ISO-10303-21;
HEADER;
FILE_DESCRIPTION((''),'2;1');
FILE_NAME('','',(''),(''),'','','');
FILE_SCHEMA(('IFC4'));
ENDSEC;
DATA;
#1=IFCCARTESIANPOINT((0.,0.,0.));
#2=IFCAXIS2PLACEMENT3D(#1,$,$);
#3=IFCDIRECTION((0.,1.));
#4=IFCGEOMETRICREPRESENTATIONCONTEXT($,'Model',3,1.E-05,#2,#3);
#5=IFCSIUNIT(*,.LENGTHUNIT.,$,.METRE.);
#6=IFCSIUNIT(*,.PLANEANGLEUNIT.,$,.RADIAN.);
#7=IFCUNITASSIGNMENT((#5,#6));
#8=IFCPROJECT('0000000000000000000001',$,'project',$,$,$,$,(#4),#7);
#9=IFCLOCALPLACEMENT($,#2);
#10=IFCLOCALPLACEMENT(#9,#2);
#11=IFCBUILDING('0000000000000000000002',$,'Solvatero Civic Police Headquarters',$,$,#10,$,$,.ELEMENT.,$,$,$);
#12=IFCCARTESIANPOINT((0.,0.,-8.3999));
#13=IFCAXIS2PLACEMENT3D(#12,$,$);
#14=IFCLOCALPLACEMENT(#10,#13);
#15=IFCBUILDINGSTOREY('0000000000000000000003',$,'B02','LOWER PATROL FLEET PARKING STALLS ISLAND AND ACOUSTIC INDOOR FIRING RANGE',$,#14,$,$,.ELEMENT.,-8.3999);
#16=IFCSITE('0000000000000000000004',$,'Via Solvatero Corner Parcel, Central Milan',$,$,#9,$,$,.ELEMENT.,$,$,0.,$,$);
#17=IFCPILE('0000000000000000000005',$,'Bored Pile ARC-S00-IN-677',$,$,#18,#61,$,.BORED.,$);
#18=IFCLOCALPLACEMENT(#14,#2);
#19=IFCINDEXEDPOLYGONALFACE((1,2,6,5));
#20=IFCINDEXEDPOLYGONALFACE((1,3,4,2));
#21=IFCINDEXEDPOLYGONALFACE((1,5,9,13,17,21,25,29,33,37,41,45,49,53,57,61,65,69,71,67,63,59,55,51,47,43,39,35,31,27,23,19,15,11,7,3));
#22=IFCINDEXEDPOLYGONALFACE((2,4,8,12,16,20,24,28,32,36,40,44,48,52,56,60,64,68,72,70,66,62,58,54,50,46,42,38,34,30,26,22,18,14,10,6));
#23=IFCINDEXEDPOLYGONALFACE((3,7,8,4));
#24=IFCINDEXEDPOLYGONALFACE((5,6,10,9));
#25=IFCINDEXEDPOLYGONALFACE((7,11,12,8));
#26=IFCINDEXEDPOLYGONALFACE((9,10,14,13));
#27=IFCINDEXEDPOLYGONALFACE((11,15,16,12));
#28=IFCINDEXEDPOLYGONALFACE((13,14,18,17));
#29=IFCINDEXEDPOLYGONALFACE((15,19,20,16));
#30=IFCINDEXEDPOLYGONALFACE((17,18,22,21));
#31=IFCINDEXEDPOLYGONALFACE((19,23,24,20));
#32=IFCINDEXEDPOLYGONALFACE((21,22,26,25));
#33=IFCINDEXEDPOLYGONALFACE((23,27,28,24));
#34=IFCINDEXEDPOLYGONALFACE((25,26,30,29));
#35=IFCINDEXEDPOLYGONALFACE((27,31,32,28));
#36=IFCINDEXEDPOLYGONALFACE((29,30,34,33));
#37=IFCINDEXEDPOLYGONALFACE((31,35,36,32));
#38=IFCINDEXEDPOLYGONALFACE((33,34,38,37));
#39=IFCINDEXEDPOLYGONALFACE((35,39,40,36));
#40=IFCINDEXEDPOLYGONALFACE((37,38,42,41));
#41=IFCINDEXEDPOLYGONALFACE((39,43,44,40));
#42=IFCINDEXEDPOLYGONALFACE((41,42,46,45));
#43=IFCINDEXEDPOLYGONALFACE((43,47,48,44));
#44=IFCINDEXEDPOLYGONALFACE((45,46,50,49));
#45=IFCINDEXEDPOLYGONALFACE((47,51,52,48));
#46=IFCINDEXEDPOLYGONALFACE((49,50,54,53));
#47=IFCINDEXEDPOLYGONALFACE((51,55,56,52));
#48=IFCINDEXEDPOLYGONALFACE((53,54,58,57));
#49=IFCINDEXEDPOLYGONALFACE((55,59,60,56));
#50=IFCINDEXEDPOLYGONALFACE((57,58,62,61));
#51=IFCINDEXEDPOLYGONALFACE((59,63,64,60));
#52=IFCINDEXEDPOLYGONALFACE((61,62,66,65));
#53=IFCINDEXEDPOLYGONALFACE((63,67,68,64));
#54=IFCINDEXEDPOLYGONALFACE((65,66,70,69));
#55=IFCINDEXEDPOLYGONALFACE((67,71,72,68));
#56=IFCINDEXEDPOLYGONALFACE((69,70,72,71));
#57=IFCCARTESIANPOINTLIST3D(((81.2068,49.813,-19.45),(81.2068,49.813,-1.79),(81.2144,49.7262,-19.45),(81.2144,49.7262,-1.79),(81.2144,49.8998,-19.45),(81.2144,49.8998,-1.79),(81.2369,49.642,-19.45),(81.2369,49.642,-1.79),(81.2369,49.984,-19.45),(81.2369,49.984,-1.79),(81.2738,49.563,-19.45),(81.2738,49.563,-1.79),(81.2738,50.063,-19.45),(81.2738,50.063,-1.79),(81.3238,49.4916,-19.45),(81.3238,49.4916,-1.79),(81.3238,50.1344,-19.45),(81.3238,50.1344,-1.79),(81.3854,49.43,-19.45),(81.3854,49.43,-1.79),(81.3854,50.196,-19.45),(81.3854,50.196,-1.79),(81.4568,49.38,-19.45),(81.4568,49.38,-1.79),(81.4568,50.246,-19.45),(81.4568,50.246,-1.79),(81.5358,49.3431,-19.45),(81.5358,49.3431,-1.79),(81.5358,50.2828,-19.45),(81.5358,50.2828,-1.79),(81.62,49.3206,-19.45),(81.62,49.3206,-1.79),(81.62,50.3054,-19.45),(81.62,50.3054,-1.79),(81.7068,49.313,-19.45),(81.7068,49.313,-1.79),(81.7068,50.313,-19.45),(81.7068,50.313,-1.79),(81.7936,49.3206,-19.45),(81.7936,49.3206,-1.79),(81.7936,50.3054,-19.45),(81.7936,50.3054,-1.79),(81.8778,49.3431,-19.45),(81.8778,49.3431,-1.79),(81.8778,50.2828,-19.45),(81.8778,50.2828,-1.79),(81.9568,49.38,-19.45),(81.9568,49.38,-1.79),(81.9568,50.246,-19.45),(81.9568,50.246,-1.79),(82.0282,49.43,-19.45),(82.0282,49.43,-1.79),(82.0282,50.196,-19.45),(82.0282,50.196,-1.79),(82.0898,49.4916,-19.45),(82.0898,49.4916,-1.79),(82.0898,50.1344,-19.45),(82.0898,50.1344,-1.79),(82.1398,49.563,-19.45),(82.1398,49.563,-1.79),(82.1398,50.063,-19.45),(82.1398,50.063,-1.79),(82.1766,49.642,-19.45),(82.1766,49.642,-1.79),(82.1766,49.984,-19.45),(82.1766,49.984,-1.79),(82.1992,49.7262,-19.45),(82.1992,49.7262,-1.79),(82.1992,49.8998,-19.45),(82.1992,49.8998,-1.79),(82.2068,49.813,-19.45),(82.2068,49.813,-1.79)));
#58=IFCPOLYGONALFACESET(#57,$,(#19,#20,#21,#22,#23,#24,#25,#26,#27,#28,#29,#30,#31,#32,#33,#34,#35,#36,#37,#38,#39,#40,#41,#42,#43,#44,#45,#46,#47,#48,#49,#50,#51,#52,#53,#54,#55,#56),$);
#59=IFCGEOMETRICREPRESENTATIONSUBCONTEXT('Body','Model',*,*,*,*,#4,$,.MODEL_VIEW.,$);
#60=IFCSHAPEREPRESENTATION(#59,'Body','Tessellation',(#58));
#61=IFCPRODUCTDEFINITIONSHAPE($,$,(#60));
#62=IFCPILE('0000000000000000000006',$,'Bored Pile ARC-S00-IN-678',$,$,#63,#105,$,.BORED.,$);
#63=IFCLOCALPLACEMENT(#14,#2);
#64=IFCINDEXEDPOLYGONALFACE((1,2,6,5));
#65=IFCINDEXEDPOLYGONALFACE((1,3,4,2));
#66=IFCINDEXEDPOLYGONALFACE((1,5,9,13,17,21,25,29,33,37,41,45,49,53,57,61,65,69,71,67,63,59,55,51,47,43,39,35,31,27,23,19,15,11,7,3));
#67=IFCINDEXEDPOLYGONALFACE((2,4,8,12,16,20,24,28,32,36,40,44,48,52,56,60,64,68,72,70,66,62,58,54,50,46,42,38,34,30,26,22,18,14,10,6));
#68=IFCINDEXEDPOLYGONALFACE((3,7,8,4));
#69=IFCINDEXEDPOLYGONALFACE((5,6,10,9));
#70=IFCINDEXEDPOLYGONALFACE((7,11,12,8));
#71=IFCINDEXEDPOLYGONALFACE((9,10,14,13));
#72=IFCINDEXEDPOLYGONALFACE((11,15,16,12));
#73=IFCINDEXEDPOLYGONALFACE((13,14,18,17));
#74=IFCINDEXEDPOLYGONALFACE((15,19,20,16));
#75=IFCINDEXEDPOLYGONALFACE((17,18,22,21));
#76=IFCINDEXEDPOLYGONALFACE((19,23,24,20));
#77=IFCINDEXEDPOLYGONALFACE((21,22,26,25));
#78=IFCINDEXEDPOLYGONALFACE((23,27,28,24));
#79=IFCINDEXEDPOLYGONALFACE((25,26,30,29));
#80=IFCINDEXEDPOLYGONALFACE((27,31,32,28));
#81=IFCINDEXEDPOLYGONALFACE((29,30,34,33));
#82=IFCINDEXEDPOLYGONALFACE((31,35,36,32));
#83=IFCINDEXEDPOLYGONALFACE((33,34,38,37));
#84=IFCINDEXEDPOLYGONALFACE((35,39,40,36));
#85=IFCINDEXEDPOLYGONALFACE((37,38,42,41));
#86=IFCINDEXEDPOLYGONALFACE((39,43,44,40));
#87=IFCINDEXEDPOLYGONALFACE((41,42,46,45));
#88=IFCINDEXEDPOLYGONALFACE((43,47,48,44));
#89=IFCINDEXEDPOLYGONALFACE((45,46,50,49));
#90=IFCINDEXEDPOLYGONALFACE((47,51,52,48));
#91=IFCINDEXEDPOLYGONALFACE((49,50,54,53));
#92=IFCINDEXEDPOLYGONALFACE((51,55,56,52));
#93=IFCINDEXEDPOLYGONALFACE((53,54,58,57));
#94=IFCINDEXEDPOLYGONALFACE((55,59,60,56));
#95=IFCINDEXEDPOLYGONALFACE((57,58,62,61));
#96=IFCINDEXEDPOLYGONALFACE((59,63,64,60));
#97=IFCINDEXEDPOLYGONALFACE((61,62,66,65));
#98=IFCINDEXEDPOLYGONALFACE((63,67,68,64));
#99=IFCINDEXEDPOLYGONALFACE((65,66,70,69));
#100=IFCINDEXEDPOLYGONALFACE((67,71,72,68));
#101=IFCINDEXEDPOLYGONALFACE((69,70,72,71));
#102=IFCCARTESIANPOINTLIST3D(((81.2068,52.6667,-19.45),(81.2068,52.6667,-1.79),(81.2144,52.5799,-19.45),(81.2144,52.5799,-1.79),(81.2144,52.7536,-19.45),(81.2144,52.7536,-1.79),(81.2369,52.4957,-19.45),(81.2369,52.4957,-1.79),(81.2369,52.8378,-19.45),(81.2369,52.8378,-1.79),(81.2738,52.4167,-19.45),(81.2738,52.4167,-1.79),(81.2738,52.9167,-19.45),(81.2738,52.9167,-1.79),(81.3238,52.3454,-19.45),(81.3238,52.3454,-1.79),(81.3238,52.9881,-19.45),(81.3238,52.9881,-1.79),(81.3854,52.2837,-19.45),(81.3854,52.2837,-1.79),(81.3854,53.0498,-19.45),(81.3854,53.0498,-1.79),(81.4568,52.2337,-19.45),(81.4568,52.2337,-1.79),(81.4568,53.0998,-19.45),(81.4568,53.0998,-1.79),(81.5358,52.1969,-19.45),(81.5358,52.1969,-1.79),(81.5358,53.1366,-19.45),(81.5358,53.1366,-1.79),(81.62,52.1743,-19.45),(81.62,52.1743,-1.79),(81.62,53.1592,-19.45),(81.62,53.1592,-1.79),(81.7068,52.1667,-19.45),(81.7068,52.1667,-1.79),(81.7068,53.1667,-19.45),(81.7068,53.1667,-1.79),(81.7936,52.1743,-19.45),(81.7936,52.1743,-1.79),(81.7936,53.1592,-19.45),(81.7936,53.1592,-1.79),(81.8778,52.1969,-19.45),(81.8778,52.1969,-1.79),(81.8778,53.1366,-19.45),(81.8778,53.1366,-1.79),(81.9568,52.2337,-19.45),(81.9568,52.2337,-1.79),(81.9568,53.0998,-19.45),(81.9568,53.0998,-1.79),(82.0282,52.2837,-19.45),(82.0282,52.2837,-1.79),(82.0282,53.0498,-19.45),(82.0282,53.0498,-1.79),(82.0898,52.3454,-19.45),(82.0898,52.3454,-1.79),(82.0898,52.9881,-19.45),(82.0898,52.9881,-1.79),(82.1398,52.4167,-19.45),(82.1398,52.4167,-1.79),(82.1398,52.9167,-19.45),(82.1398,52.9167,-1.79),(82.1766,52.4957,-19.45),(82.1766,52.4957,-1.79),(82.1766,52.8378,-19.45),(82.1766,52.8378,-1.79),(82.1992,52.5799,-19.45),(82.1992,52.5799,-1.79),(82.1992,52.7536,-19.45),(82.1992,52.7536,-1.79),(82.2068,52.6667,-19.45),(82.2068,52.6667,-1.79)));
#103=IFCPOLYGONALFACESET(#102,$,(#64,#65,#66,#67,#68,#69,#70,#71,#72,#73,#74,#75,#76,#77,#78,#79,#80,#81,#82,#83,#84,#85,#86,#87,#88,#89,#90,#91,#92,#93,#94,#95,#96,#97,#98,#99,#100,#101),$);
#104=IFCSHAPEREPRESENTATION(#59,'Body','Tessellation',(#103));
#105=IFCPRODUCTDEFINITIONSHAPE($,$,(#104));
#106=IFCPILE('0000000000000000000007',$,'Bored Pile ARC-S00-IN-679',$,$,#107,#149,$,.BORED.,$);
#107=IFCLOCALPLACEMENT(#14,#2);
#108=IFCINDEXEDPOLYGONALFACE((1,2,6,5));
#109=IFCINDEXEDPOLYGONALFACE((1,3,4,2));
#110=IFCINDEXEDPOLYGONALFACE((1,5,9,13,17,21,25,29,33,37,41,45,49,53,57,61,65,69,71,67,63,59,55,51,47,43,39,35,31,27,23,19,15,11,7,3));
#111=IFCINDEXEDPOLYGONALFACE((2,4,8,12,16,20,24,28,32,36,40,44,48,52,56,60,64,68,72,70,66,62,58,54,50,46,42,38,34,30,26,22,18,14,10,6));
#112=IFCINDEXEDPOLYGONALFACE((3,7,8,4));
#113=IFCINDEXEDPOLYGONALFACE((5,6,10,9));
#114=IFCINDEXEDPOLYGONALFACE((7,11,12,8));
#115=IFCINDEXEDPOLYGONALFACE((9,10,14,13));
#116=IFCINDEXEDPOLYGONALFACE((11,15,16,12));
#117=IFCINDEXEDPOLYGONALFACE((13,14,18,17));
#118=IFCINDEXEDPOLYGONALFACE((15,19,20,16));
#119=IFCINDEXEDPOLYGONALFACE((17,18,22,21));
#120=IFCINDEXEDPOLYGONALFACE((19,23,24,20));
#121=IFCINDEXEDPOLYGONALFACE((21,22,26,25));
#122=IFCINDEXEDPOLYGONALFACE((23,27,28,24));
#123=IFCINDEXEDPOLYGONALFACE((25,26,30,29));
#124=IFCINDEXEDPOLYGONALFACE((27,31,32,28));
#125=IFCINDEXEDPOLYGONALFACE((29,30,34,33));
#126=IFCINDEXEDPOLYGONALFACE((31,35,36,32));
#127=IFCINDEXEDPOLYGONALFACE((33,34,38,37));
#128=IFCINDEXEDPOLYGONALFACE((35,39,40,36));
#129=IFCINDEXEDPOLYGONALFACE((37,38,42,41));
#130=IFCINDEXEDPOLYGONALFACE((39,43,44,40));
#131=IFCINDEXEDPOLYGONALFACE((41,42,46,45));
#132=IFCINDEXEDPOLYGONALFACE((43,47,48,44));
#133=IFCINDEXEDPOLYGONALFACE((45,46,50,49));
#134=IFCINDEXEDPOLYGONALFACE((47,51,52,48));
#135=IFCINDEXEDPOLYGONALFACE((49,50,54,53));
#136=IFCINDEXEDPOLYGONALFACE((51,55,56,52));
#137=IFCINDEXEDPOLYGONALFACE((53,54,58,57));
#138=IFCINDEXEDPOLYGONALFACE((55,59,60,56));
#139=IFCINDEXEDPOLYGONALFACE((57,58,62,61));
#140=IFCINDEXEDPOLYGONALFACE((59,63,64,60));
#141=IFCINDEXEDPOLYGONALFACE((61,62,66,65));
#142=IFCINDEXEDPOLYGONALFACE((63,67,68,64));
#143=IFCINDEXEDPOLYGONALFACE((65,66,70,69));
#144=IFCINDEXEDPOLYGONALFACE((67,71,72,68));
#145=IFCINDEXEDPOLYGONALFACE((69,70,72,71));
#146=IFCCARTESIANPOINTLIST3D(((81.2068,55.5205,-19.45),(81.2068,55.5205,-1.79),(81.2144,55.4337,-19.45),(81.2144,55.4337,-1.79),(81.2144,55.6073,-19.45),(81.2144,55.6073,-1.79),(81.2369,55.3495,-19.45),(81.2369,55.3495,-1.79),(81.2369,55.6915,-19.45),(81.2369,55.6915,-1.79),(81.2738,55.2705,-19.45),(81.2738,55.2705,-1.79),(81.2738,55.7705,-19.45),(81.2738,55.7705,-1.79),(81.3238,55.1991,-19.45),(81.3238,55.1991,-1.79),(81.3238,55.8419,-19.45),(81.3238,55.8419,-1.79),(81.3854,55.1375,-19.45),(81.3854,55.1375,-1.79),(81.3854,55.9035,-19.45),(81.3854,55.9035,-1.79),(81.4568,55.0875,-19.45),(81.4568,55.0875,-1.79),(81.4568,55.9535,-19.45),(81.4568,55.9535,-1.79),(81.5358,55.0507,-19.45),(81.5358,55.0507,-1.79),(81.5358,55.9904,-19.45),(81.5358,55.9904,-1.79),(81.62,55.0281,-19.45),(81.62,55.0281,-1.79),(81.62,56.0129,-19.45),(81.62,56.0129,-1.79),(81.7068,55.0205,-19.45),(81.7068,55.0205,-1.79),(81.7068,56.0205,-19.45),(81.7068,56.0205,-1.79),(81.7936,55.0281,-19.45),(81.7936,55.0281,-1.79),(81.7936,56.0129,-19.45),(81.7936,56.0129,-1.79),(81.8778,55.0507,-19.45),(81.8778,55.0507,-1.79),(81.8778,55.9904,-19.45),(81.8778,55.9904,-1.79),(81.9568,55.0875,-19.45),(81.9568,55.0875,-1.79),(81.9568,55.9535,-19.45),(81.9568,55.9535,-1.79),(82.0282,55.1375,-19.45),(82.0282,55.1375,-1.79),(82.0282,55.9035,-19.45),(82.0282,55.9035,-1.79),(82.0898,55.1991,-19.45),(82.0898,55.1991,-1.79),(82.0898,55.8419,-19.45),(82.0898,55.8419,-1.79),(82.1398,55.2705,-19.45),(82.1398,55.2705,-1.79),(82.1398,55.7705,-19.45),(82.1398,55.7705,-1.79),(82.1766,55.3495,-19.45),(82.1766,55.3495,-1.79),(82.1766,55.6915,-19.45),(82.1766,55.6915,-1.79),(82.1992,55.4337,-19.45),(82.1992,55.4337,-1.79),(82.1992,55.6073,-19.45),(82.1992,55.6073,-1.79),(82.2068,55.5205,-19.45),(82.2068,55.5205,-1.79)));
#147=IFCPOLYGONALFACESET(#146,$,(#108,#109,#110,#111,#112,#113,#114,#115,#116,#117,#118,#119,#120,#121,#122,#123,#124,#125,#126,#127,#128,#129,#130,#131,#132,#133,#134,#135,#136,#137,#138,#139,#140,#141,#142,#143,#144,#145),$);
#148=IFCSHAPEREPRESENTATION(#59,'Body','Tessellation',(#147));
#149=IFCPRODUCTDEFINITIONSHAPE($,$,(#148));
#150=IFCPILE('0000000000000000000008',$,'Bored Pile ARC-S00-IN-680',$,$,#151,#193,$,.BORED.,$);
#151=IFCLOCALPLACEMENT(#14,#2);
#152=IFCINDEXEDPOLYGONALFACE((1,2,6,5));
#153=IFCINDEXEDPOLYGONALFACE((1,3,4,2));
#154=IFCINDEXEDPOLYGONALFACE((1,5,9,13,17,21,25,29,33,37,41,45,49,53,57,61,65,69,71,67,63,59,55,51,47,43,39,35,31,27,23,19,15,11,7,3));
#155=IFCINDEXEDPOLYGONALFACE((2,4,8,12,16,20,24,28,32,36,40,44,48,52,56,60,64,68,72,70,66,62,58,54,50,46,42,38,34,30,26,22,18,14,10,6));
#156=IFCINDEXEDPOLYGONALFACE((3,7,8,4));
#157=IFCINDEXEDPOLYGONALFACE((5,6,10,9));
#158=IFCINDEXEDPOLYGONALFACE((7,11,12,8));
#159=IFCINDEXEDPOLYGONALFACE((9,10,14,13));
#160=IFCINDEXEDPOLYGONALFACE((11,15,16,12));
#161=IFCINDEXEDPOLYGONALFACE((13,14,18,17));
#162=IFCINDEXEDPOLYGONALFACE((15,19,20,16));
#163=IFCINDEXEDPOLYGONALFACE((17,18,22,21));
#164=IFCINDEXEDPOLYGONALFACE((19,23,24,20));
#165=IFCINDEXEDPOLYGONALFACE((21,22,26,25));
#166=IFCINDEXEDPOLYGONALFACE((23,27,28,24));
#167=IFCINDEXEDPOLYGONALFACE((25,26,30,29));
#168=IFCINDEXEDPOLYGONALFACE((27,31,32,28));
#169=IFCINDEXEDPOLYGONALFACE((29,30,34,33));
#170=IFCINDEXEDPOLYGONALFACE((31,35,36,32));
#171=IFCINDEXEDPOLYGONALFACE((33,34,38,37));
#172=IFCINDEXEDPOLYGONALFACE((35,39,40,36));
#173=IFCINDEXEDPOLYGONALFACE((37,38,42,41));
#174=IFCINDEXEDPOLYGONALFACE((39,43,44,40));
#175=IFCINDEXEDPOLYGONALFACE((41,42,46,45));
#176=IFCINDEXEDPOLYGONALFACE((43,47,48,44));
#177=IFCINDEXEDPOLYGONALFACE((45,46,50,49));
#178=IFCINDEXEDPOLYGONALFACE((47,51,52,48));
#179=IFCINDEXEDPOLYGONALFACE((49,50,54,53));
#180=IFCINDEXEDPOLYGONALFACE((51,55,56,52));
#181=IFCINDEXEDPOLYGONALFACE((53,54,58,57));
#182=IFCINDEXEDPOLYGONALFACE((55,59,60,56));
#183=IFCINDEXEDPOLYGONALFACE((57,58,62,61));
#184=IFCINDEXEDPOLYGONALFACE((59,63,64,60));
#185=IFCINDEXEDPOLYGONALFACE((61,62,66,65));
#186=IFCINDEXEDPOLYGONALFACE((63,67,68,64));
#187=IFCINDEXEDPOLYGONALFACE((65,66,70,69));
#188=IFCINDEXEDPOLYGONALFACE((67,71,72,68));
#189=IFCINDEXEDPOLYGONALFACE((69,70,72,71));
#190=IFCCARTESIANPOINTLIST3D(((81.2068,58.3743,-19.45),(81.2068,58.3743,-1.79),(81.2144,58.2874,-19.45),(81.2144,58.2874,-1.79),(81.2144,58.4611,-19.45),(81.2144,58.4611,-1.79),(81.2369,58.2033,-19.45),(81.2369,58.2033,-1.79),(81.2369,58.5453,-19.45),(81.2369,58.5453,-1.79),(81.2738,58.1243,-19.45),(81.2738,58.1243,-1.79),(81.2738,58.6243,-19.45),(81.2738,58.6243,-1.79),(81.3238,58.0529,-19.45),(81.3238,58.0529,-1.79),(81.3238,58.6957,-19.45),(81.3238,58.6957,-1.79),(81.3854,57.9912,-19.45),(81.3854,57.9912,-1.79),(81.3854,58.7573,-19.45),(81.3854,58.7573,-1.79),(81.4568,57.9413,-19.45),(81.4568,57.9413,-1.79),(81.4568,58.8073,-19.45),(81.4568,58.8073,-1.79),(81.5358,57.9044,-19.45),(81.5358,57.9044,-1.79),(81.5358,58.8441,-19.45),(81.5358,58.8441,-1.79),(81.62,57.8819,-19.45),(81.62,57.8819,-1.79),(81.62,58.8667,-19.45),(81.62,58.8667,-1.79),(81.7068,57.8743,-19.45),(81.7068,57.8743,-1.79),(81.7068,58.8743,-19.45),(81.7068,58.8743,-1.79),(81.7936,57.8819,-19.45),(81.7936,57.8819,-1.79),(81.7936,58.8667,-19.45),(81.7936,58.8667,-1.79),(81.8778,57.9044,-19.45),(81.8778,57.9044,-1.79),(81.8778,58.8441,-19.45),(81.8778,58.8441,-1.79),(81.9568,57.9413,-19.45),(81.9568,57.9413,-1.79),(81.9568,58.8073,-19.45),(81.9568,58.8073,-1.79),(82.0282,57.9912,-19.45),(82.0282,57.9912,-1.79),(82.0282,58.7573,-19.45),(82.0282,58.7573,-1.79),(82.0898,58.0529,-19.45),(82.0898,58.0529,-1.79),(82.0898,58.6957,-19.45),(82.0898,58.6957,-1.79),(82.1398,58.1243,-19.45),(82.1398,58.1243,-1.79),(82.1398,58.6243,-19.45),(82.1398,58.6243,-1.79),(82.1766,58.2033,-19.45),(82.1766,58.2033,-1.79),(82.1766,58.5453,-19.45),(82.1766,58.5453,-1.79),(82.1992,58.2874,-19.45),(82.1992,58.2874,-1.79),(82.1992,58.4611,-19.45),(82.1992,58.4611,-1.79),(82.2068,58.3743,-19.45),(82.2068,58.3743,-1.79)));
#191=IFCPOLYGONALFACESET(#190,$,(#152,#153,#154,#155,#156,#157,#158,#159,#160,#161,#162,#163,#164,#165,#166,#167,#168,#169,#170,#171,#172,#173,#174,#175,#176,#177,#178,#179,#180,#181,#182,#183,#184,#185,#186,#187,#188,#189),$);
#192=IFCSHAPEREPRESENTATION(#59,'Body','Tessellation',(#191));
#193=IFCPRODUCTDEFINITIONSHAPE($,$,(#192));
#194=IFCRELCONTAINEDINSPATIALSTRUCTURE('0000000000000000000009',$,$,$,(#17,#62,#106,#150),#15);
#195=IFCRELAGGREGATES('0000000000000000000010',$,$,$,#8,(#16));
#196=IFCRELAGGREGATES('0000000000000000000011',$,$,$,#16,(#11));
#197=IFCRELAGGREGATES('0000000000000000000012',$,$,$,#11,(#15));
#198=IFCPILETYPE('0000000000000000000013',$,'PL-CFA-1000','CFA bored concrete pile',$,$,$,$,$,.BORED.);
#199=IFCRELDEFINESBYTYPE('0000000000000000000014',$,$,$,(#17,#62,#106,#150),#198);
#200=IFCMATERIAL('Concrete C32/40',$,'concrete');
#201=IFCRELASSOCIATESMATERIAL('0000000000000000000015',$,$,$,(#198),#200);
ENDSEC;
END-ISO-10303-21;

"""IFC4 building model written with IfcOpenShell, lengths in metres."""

from ifc_helpers import new_model, si_unit, direction, frame, origin, origin_2d, place, context, subcontext, project, spatial, circle, extrude, material, material_profile, profile_set, type_object, element, save


model = new_model("IFC4")

# Units and contexts
model_context = context("Model", 3, precision=1e-05, world=origin(), true_north=direction((0.0, 1.0)))
body_context = subcontext(model_context, "Body", "Model", "MODEL_VIEW")
ifc_project = project(units=[si_unit("LENGTHUNIT", "METRE"), si_unit("PLANEANGLEUNIT", "RADIAN")], contexts=[model_context])

# Site, building, storey
site_placement = place(None, origin())
site = spatial("IfcSite", under=ifc_project, at=site_placement, Name="Via Solvatero Corner Parcel, Central Milan", CompositionType="ELEMENT", RefElevation=0.0)
building_placement = place(site_placement, origin())
building = spatial("IfcBuilding", under=site, at=building_placement, Name="Solvatero Civic Police Headquarters", CompositionType="ELEMENT")
storey_placement = place(building_placement, frame((0.0, 0.0, -8.3999)))
storey = spatial("IfcBuildingStorey", under=building, at=storey_placement, Name="B02", Description="LOWER PATROL FLEET PARKING STALLS ISLAND AND ACOUSTIC INDOOR FIRING RANGE", CompositionType="ELEMENT", Elevation=-8.3999)

# Piles
ifc_material_1 = material(Name="Concrete C32/40", Category="concrete")
ifc_material_profile_1 = material_profile(ifc_material_1, circle(Radius=0.5, at=origin_2d()), Name="CFA PILE D1000")
ifc_profile_set_1 = profile_set([ifc_material_profile_1], Name="Concrete C32/40")
pile_type = type_object("IfcPileType", Name="PL-CFA-1000", Description="CFA bored concrete pile", PredefinedType="BORED", material=ifc_profile_set_1)
for number, where, z_axis, x_axis, name in (
    (1, (81.7068, 49.813, -1.79), (0.0, 0.0, -1.0), (1.0, 0.0, 0.0), "Bored Pile ARC-S00-IN-677"),
    (2, (81.7068, 52.6667, -1.79), (0.0, 0.0, -1.0), (1.0, 0.0, 0.0), "Bored Pile ARC-S00-IN-678"),
    (3, (81.7068, 55.5205, -1.79), (0.0, 0.0, -1.0), (1.0, 0.0, 0.0), "Bored Pile ARC-S00-IN-679"),
    (4, (81.7068, 58.3743, -1.79), (0.0, 0.0, -1.0), (1.0, 0.0, 0.0), "Bored Pile ARC-S00-IN-680"),
):
    element("IfcPile", number, at=place(storey_placement, frame(where, z_axis=z_axis, x_axis=x_axis)), inside=storey, type_object=pile_type, Name=name, PredefinedType="BORED", context=body_context, shape_type="SweptSolid", body=[
        extrude(circle(Radius=0.5, at=origin_2d()), origin(), (0.0, 0.0, 1.0), 17.6599),
    ])

save(model, "model.ifc")
